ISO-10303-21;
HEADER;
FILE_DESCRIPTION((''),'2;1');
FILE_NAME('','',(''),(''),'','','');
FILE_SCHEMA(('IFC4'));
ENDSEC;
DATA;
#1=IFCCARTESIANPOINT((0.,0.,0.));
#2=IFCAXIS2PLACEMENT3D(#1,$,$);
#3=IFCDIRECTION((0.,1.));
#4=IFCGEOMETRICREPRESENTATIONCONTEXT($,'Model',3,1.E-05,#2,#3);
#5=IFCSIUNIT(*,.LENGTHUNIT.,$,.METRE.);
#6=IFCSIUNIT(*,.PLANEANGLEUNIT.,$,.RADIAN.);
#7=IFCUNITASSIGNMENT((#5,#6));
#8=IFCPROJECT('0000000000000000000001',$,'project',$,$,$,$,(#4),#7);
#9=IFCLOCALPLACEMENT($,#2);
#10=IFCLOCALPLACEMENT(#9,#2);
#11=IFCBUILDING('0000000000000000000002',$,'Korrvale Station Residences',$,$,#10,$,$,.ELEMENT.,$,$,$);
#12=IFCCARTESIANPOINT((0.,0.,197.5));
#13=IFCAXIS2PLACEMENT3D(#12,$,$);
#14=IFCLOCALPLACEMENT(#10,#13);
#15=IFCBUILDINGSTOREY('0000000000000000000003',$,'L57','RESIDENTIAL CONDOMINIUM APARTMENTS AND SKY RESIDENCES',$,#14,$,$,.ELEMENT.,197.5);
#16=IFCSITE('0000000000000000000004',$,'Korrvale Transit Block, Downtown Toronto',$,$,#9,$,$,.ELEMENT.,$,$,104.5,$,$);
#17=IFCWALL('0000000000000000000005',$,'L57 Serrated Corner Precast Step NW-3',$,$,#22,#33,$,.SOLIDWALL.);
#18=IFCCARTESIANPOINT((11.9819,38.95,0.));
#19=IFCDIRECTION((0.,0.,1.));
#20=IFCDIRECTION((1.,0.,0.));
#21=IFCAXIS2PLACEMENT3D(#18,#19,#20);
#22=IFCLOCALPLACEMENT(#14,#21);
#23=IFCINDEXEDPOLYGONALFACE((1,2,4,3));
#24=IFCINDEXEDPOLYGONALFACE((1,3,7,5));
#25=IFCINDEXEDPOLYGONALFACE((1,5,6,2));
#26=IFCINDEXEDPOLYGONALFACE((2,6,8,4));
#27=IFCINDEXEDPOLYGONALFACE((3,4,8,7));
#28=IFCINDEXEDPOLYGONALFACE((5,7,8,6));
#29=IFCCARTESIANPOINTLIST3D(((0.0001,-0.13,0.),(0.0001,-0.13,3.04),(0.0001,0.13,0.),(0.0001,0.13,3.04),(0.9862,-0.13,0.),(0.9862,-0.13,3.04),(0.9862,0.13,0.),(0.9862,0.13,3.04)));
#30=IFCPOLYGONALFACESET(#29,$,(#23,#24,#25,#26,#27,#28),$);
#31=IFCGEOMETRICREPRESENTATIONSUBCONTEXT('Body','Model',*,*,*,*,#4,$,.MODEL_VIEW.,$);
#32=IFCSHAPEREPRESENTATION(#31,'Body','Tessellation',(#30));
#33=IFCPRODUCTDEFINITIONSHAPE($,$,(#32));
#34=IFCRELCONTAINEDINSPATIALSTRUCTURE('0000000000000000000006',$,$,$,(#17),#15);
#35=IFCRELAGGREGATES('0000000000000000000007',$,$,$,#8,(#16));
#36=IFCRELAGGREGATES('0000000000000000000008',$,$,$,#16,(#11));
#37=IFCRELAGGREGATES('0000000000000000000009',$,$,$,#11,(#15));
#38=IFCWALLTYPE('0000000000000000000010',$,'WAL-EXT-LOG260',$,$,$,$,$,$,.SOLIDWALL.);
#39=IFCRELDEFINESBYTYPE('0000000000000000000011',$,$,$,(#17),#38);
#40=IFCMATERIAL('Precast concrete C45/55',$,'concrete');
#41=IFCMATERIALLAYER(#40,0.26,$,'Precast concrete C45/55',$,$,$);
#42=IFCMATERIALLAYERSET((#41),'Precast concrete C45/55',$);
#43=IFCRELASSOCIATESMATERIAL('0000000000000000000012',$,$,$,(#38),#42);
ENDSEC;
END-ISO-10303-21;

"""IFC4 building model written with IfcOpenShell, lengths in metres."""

from ifc_helpers import new_model, si_unit, direction, frame, frame_2d, origin, place, context, subcontext, project, spatial, rectangle, extrude, material, layer, layer_set, type_object, element, save


model = new_model("IFC4")

# Units and contexts
model_context = context("Model", 3, precision=1e-05, world=origin(), true_north=direction((0.0, 1.0)))
body_context = subcontext(model_context, "Body", "Model", "MODEL_VIEW")
ifc_project = project(units=[si_unit("LENGTHUNIT", "METRE"), si_unit("PLANEANGLEUNIT", "RADIAN")], contexts=[model_context])

# Site, building, storey
site_placement = place(None, origin())
site = spatial("IfcSite", under=ifc_project, at=site_placement, Name="Korrvale Transit Block, Downtown Toronto", CompositionType="ELEMENT", RefElevation=104.5)
building_placement = place(site_placement, origin())
building = spatial("IfcBuilding", under=site, at=building_placement, Name="Korrvale Station Residences", CompositionType="ELEMENT")
storey_placement = place(building_placement, frame((0.0, 0.0, 197.5)))
storey = spatial("IfcBuildingStorey", under=building, at=storey_placement, Name="L57", Description="RESIDENTIAL CONDOMINIUM APARTMENTS AND SKY RESIDENCES", CompositionType="ELEMENT", Elevation=197.5)

# Wall
ifc_material_1 = material(Name="Precast concrete C45/55", Category="concrete")
ifc_layer_1 = layer(ifc_material_1, 0.26, Name="Precast concrete C45/55")
ifc_layer_set_1 = layer_set([ifc_layer_1], Name="Precast concrete C45/55")
wall_type_1 = type_object("IfcWallType", Name="WAL-EXT-LOG260", PredefinedType="SOLIDWALL", material=ifc_layer_set_1)
wall_1_placement = place(storey_placement, frame((11.9819, 38.95, 0.0), z_axis=(0.0, 0.0, 1.0), x_axis=(1.0, 0.0, 0.0)))
element("IfcWall", 1, at=wall_1_placement, inside=storey, type_object=wall_type_1, Name="L57 Serrated Corner Precast Step NW-3", PredefinedType="SOLIDWALL", context=body_context, shape_type="SweptSolid", body=[
    extrude(rectangle(XDim=0.9861, YDim=0.26, at=frame_2d((0.4932, 0.0))), origin(), (0.0, 0.0, 1.0), 3.04),
])

save(model, "model.ifc")
